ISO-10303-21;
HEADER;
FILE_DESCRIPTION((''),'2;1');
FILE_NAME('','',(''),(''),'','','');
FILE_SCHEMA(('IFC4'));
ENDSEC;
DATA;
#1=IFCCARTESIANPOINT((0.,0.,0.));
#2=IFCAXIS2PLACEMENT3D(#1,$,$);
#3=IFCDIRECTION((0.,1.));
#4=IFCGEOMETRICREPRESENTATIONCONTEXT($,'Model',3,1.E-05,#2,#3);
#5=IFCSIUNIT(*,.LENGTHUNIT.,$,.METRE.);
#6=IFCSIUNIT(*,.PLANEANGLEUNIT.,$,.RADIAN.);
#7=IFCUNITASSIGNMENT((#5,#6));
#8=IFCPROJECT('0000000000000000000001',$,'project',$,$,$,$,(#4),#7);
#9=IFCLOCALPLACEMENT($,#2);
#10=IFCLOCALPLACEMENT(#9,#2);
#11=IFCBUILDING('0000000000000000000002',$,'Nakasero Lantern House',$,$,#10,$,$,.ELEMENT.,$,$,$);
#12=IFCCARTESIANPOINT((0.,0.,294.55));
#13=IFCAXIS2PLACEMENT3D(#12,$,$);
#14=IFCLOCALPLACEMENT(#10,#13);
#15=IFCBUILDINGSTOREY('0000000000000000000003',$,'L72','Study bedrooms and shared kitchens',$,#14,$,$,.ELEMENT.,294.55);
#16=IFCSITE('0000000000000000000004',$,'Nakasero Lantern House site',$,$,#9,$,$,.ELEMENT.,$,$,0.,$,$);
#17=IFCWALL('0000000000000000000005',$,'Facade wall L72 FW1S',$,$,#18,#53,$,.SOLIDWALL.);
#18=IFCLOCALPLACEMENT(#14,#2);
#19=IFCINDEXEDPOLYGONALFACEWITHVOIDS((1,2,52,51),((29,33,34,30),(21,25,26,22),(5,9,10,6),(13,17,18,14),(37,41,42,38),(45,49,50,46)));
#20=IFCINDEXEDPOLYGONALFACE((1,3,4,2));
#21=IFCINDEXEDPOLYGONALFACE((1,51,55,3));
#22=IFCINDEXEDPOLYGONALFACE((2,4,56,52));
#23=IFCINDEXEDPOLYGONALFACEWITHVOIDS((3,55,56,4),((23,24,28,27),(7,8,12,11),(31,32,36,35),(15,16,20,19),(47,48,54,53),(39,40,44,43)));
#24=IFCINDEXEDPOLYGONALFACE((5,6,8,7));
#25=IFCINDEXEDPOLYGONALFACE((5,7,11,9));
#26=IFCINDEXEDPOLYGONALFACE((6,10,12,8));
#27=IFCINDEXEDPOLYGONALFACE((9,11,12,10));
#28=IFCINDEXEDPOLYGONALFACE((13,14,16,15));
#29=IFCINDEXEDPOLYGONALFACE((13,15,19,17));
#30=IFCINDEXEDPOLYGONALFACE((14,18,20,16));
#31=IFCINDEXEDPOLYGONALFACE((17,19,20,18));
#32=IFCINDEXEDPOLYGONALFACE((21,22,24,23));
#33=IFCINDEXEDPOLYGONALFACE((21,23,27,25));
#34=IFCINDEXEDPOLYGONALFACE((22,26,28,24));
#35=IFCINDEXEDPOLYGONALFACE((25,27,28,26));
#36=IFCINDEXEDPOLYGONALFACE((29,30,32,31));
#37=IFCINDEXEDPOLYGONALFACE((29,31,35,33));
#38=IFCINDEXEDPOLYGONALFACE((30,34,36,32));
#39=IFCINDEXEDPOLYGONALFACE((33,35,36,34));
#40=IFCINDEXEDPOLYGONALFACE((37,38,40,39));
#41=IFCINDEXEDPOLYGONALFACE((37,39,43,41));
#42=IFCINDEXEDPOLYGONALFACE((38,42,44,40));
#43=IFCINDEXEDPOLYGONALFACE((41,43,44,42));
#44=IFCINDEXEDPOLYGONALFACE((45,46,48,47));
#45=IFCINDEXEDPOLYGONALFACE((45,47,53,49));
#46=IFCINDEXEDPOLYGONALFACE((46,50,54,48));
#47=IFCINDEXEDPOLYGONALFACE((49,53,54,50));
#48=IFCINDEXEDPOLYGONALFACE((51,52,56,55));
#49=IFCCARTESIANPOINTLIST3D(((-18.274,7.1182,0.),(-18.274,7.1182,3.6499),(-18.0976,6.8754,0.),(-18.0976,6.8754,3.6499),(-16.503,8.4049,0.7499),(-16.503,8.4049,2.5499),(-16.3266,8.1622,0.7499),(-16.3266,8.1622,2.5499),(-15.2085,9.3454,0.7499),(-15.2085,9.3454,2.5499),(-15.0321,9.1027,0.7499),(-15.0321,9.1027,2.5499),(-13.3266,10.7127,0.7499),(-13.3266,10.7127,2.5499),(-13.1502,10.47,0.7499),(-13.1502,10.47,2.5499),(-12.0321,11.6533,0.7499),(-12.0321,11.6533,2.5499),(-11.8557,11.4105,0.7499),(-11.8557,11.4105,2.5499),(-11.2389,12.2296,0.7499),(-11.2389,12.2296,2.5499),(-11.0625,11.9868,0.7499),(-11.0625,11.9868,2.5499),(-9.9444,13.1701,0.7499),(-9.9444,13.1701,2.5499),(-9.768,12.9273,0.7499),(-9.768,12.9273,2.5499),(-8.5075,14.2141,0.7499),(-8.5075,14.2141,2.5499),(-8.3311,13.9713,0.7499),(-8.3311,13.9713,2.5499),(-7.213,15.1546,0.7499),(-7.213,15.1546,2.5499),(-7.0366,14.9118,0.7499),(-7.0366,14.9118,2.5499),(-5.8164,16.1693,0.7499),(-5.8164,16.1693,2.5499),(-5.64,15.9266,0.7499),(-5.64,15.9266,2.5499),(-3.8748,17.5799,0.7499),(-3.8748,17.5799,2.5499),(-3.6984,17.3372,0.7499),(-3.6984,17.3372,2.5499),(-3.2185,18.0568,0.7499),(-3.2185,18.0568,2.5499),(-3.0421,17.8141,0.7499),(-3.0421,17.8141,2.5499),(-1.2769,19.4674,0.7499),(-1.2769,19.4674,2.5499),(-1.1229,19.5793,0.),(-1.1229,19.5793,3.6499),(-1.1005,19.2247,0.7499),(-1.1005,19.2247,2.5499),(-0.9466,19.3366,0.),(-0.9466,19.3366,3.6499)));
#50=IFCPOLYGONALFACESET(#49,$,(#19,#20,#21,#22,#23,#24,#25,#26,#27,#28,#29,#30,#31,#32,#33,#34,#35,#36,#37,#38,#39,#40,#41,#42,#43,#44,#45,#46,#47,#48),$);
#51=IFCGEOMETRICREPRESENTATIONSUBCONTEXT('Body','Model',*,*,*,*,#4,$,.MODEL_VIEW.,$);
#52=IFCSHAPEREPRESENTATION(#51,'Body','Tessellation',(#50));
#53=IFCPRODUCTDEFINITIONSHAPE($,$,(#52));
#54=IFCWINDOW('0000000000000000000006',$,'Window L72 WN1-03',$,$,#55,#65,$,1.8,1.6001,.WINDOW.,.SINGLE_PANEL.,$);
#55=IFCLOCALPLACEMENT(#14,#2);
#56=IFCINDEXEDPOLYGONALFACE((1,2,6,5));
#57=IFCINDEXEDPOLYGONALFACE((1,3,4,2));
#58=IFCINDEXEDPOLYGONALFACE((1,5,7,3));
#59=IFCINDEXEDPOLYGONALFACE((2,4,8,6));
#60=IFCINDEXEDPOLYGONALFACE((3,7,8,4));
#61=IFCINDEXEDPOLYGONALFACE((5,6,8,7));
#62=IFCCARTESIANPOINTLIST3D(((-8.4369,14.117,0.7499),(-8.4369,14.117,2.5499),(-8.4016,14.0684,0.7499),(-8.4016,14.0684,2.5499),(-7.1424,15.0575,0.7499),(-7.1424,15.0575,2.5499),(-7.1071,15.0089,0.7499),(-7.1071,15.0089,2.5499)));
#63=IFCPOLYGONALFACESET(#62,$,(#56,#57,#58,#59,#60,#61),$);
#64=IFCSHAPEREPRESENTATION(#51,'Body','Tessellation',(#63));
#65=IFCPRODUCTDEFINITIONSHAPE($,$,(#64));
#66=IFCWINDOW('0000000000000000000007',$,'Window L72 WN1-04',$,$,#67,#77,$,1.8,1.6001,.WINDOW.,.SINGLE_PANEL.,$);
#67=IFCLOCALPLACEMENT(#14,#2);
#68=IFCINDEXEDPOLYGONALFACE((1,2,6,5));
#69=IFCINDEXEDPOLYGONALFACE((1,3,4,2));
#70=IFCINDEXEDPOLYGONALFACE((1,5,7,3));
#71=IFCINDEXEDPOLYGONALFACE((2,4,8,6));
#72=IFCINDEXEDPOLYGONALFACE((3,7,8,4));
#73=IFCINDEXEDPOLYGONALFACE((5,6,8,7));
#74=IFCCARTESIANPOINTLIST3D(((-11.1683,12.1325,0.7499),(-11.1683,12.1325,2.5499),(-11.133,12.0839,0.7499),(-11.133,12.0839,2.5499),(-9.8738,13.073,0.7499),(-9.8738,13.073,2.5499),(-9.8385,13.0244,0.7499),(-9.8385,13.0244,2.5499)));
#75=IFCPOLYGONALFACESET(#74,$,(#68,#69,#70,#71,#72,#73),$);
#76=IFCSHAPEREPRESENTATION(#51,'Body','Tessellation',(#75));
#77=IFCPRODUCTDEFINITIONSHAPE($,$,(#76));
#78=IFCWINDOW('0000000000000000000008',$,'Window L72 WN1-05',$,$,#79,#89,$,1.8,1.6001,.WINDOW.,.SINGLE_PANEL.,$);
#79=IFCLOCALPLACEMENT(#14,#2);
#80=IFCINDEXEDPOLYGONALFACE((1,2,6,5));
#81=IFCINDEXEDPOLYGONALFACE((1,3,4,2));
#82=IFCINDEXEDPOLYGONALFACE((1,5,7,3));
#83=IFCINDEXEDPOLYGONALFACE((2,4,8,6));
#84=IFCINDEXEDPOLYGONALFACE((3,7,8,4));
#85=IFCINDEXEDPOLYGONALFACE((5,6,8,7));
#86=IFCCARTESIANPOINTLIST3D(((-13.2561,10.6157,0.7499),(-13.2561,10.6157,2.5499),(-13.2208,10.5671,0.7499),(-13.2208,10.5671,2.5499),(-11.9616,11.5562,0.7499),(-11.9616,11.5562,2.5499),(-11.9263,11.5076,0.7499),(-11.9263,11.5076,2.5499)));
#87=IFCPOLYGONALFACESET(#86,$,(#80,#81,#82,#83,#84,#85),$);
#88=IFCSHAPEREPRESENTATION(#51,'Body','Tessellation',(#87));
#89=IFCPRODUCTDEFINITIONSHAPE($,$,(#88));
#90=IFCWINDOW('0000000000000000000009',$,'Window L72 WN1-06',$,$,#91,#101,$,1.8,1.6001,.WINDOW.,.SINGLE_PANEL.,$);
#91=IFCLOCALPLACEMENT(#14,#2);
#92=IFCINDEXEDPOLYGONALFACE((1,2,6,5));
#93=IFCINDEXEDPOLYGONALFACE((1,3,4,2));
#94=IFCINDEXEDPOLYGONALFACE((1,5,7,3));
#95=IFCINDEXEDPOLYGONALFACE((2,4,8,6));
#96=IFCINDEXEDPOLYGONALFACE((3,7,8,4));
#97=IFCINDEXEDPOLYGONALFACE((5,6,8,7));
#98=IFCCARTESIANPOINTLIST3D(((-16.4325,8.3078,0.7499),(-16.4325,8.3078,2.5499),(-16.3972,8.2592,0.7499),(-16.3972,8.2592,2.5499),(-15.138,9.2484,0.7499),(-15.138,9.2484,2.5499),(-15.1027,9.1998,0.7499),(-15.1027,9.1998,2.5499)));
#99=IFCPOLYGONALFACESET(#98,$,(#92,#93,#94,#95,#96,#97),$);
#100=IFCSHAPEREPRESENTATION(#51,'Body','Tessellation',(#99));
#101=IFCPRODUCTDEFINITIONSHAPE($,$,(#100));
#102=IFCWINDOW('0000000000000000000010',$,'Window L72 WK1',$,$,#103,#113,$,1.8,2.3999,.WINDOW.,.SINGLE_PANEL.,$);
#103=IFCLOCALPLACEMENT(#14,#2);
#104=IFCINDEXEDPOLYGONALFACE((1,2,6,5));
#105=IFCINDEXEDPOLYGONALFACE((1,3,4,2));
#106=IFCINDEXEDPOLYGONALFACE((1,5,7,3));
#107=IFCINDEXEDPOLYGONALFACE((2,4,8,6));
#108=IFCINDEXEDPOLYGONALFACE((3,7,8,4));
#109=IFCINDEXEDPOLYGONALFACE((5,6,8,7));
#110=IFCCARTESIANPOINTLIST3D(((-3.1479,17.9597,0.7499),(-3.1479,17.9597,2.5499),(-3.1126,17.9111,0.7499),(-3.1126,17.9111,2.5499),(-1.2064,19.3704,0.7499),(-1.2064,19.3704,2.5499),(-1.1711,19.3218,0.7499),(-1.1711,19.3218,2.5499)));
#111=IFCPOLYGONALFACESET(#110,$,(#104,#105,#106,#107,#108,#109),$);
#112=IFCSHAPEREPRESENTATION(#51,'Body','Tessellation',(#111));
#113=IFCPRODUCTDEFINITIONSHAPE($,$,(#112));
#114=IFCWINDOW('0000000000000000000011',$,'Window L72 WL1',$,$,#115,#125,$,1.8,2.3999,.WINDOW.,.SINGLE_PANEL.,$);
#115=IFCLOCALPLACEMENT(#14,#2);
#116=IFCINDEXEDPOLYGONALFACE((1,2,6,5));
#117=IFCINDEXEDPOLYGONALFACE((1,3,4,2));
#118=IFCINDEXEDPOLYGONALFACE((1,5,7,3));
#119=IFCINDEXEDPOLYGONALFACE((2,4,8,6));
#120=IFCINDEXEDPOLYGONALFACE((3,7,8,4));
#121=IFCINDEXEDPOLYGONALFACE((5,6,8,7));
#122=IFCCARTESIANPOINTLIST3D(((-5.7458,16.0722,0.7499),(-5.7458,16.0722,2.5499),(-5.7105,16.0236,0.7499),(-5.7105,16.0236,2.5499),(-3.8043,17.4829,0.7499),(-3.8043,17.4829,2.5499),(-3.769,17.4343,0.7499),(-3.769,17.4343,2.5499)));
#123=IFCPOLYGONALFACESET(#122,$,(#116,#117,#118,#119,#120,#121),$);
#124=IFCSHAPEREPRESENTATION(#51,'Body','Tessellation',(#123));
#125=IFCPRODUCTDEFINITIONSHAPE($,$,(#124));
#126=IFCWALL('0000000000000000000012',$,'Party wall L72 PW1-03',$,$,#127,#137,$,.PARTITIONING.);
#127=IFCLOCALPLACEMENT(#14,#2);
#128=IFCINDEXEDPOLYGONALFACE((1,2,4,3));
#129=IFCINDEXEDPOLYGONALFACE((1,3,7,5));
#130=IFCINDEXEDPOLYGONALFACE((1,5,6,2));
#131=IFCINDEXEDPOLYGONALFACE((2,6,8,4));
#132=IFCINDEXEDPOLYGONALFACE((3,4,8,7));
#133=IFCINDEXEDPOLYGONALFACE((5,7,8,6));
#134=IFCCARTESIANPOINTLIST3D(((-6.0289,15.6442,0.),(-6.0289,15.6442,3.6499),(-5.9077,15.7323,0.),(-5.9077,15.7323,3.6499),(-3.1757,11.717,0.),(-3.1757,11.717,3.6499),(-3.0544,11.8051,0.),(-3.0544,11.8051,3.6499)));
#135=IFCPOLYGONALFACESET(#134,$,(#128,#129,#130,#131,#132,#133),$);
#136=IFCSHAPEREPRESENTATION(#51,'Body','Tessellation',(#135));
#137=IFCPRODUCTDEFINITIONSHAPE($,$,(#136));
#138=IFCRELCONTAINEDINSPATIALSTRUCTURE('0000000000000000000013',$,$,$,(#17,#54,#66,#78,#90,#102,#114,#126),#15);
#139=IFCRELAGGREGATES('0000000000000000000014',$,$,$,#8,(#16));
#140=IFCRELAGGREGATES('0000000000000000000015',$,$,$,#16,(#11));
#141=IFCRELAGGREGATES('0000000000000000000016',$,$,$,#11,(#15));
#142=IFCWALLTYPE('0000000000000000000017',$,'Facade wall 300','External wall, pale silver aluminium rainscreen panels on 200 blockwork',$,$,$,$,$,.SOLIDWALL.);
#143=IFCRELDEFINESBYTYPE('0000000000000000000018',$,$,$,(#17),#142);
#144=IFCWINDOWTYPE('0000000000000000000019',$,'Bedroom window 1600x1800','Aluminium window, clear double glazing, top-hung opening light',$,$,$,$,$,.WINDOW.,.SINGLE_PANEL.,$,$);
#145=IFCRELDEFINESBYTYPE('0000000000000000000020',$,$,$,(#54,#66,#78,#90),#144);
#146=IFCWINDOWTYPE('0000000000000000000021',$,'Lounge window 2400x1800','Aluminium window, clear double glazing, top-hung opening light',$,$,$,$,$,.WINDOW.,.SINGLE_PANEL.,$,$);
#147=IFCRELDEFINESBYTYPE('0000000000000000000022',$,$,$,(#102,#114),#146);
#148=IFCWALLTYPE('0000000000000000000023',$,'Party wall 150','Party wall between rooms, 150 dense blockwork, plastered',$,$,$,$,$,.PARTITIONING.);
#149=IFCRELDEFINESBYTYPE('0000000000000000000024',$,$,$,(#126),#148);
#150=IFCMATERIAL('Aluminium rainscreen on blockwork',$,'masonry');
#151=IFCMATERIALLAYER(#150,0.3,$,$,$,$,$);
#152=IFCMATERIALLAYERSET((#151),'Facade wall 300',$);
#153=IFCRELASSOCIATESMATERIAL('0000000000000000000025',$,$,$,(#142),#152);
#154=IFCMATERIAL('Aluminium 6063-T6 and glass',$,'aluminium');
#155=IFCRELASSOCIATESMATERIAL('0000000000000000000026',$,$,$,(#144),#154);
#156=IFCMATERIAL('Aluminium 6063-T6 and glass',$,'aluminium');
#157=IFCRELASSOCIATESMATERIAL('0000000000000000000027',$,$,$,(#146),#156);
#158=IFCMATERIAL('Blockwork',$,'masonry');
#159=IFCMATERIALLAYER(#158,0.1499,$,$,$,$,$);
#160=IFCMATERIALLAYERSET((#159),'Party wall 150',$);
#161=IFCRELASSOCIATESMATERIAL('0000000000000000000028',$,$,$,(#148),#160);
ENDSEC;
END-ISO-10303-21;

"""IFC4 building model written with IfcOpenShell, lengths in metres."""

from ifc_helpers import new_model, si_unit, direction, frame, frame_2d, origin, place, context, subcontext, project, spatial, rectangle, extrude, material, layer, layer_set, type_object, element, fill, save


model = new_model("IFC4")

# Units and contexts
model_context = context("Model", 3, precision=1e-05, world=origin(), true_north=direction((0.0, 1.0)))
body_context = subcontext(model_context, "Body", "Model", "MODEL_VIEW")
ifc_project = project(units=[si_unit("LENGTHUNIT", "METRE"), si_unit("PLANEANGLEUNIT", "RADIAN")], contexts=[model_context])

# Site, building, storey
site_placement = place(None, origin())
site = spatial("IfcSite", under=ifc_project, at=site_placement, Name="Nakasero Lantern House site", CompositionType="ELEMENT", RefElevation=0.0)
building_placement = place(site_placement, origin())
building = spatial("IfcBuilding", under=site, at=building_placement, Name="Nakasero Lantern House", CompositionType="ELEMENT")
storey_placement = place(building_placement, frame((0.0, 0.0, 294.55)))
storey = spatial("IfcBuildingStorey", under=building, at=storey_placement, Name="L72", Description="Study bedrooms and shared kitchens", CompositionType="ELEMENT", Elevation=294.55)

# Wall, openings, windows
ifc_material_1 = material(Name="Aluminium rainscreen on blockwork", Category="masonry")
ifc_layer_1 = layer(ifc_material_1, 0.3)
ifc_layer_set_1 = layer_set([ifc_layer_1], Name="Facade wall 300")
wall_type_1 = type_object("IfcWallType", Name="Facade wall 300", Description="External wall, pale silver aluminium rainscreen panels on 200 blockwork", PredefinedType="SOLIDWALL", material=ifc_layer_set_1)
wall_1_placement = place(storey_placement, frame((-1.0347, 19.458, 0.0), z_axis=(0.0, 0.0, 1.0), x_axis=(-0.809013, -0.58779, 0.0)))
wall_1 = element("IfcWall", 1, at=wall_1_placement, inside=storey, type_object=wall_type_1, Name="Facade wall L72 FW1S", PredefinedType="SOLIDWALL", context=body_context, shape_type="SweptSolid", body=[
    extrude(rectangle(XDim=21.2, YDim=0.3, at=frame_2d((10.6001, 0.0))), origin(), (0.0, 0.0, 1.0), 3.6499),
])
opening_1_placement = place(wall_1_placement, frame((7.5278, 0.0, 0.75)))
opening_1 = element("IfcOpeningElement", 2, at=opening_1_placement, cuts=wall_1, PredefinedType="OPENING", context=body_context, shape_type="SweptSolid", body=[
    extrude(rectangle(XDim=1.6001, YDim=1.8, at=frame_2d((0.8, 0.8999))), frame((0.0, 0.1699, 0.0), z_axis=(0.0, -1.0, 0.0), x_axis=(1.0, 0.0, 0.0)), (0.0, 0.0, 1.0), 0.3401),
])
opening_2_placement = place(wall_1_placement, frame((10.9041, 0.0, 0.75)))
opening_2 = element("IfcOpeningElement", 3, at=opening_2_placement, cuts=wall_1, PredefinedType="OPENING", context=body_context, shape_type="SweptSolid", body=[
    extrude(rectangle(XDim=1.6001, YDim=1.8, at=frame_2d((0.8, 0.8999))), frame((0.0, 0.1699, 0.0), z_axis=(0.0, -1.0, 0.0), x_axis=(1.0, 0.0, 0.0)), (0.0, 0.0, 1.0), 0.3401),
])
opening_3_placement = place(wall_1_placement, frame((13.4846, 0.0, 0.75)))
opening_3 = element("IfcOpeningElement", 4, at=opening_3_placement, cuts=wall_1, PredefinedType="OPENING", context=body_context, shape_type="SweptSolid", body=[
    extrude(rectangle(XDim=1.6001, YDim=1.8, at=frame_2d((0.8, 0.8999))), frame((0.0, 0.1699, 0.0), z_axis=(0.0, -1.0, 0.0), x_axis=(1.0, 0.0, 0.0)), (0.0, 0.0, 1.0), 0.3401),
])
opening_4_placement = place(wall_1_placement, frame((17.4109, 0.0, 0.75)))
opening_4 = element("IfcOpeningElement", 5, at=opening_4_placement, cuts=wall_1, PredefinedType="OPENING", context=body_context, shape_type="SweptSolid", body=[
    extrude(rectangle(XDim=1.6001, YDim=1.8, at=frame_2d((0.8, 0.8999))), frame((0.0, 0.1699, 0.0), z_axis=(0.0, -1.0, 0.0), x_axis=(1.0, 0.0, 0.0)), (0.0, 0.0, 1.0), 0.3401),
])
opening_5_placement = place(wall_1_placement, frame((0.1904, 0.0, 0.75)))
opening_5 = element("IfcOpeningElement", 6, at=opening_5_placement, cuts=wall_1, PredefinedType="OPENING", context=body_context, shape_type="SweptSolid", body=[
    extrude(rectangle(XDim=2.3999, YDim=1.8, at=frame_2d((1.2, 0.8999))), frame((0.0, 0.1699, 0.0), z_axis=(0.0, -1.0, 0.0), x_axis=(1.0, 0.0, 0.0)), (0.0, 0.0, 1.0), 0.3401),
])
opening_6_placement = place(wall_1_placement, frame((3.4016, 0.0, 0.75)))
opening_6 = element("IfcOpeningElement", 7, at=opening_6_placement, cuts=wall_1, PredefinedType="OPENING", context=body_context, shape_type="SweptSolid", body=[
    extrude(rectangle(XDim=2.3999, YDim=1.8, at=frame_2d((1.2, 0.8999))), frame((0.0, 0.1699, 0.0), z_axis=(0.0, -1.0, 0.0), x_axis=(1.0, 0.0, 0.0)), (0.0, 0.0, 1.0), 0.3401),
])
ifc_material_2 = material(Name="Aluminium 6063-T6 and glass", Category="aluminium")
window_type_1 = type_object("IfcWindowType", Name="Bedroom window 1600x1800", Description="Aluminium window, clear double glazing, top-hung opening light", PartitioningType="SINGLE_PANEL", PredefinedType="WINDOW", material=ifc_material_2)
window_1_placement = place(opening_1_placement, origin())
window_1 = element("IfcWindow", 8, at=window_1_placement, inside=storey, type_object=window_type_1, Name="Window L72 WN1-03", OverallHeight=1.8, OverallWidth=1.6001, PartitioningType="SINGLE_PANEL", PredefinedType="WINDOW", context=body_context, shape_type="SweptSolid", body=[
    extrude(rectangle(XDim=1.6001, YDim=1.8, at=frame_2d((0.8, 0.8999))), frame((0.0, 0.03, 0.0), z_axis=(0.0, -1.0, 0.0), x_axis=(1.0, 0.0, 0.0)), (0.0, 0.0, 1.0), 0.0601),
])
fill(opening_1, window_1)
window_2_placement = place(opening_2_placement, origin())
window_2 = element("IfcWindow", 9, at=window_2_placement, inside=storey, type_object=window_type_1, Name="Window L72 WN1-04", OverallHeight=1.8, OverallWidth=1.6001, PartitioningType="SINGLE_PANEL", PredefinedType="WINDOW", context=body_context, shape_type="SweptSolid", body=[
    extrude(rectangle(XDim=1.6001, YDim=1.8, at=frame_2d((0.8, 0.8999))), frame((0.0, 0.03, 0.0), z_axis=(0.0, -1.0, 0.0), x_axis=(1.0, 0.0, 0.0)), (0.0, 0.0, 1.0), 0.0601),
])
fill(opening_2, window_2)
window_3_placement = place(opening_3_placement, origin())
window_3 = element("IfcWindow", 10, at=window_3_placement, inside=storey, type_object=window_type_1, Name="Window L72 WN1-05", OverallHeight=1.8, OverallWidth=1.6001, PartitioningType="SINGLE_PANEL", PredefinedType="WINDOW", context=body_context, shape_type="SweptSolid", body=[
    extrude(rectangle(XDim=1.6001, YDim=1.8, at=frame_2d((0.8, 0.8999))), frame((0.0, 0.03, 0.0), z_axis=(0.0, -1.0, 0.0), x_axis=(1.0, 0.0, 0.0)), (0.0, 0.0, 1.0), 0.0601),
])
fill(opening_3, window_3)
window_4_placement = place(opening_4_placement, origin())
window_4 = element("IfcWindow", 11, at=window_4_placement, inside=storey, type_object=window_type_1, Name="Window L72 WN1-06", OverallHeight=1.8, OverallWidth=1.6001, PartitioningType="SINGLE_PANEL", PredefinedType="WINDOW", context=body_context, shape_type="SweptSolid", body=[
    extrude(rectangle(XDim=1.6001, YDim=1.8, at=frame_2d((0.8, 0.8999))), frame((0.0, 0.03, 0.0), z_axis=(0.0, -1.0, 0.0), x_axis=(1.0, 0.0, 0.0)), (0.0, 0.0, 1.0), 0.0601),
])
fill(opening_4, window_4)
ifc_material_3 = material(Name="Aluminium 6063-T6 and glass", Category="aluminium")
window_type_2 = type_object("IfcWindowType", Name="Lounge window 2400x1800", Description="Aluminium window, clear double glazing, top-hung opening light", PartitioningType="SINGLE_PANEL", PredefinedType="WINDOW", material=ifc_material_3)
window_5_placement = place(opening_5_placement, origin())
window_5 = element("IfcWindow", 12, at=window_5_placement, inside=storey, type_object=window_type_2, Name="Window L72 WK1", OverallHeight=1.8, OverallWidth=2.3999, PartitioningType="SINGLE_PANEL", PredefinedType="WINDOW", context=body_context, shape_type="SweptSolid", body=[
    extrude(rectangle(XDim=2.3999, YDim=1.8, at=frame_2d((1.2, 0.8999))), frame((0.0, 0.03, 0.0), z_axis=(0.0, -1.0, 0.0), x_axis=(1.0, 0.0, 0.0)), (0.0, 0.0, 1.0), 0.0601),
])
fill(opening_5, window_5)
window_6_placement = place(opening_6_placement, origin())
window_6 = element("IfcWindow", 13, at=window_6_placement, inside=storey, type_object=window_type_2, Name="Window L72 WL1", OverallHeight=1.8, OverallWidth=2.3999, PartitioningType="SINGLE_PANEL", PredefinedType="WINDOW", context=body_context, shape_type="SweptSolid", body=[
    extrude(rectangle(XDim=2.3999, YDim=1.8, at=frame_2d((1.2, 0.8999))), frame((0.0, 0.03, 0.0), z_axis=(0.0, -1.0, 0.0), x_axis=(1.0, 0.0, 0.0)), (0.0, 0.0, 1.0), 0.0601),
])
fill(opening_6, window_6)

# Wall
ifc_material_4 = material(Name="Blockwork", Category="masonry")
ifc_layer_2 = layer(ifc_material_4, 0.1499)
ifc_layer_set_2 = layer_set([ifc_layer_2], Name="Party wall 150")
wall_type_2 = type_object("IfcWallType", Name="Party wall 150", Description="Party wall between rooms, 150 dense blockwork, plastered", PredefinedType="PARTITIONING", material=ifc_layer_set_2)
wall_2_placement = place(storey_placement, frame((-3.115, 11.761, 0.0), z_axis=(0.0, 0.0, 1.0), x_axis=(-0.58778, 0.809021, 0.0)))
element("IfcWall", 14, at=wall_2_placement, inside=storey, type_object=wall_type_2, Name="Party wall L72 PW1-03", PredefinedType="PARTITIONING", context=body_context, shape_type="SweptSolid", body=[
    extrude(rectangle(XDim=4.8542, YDim=0.1499, at=frame_2d((2.4272, 0.0))), origin(), (0.0, 0.0, 1.0), 3.6499),
])

save(model, "model.ifc")
